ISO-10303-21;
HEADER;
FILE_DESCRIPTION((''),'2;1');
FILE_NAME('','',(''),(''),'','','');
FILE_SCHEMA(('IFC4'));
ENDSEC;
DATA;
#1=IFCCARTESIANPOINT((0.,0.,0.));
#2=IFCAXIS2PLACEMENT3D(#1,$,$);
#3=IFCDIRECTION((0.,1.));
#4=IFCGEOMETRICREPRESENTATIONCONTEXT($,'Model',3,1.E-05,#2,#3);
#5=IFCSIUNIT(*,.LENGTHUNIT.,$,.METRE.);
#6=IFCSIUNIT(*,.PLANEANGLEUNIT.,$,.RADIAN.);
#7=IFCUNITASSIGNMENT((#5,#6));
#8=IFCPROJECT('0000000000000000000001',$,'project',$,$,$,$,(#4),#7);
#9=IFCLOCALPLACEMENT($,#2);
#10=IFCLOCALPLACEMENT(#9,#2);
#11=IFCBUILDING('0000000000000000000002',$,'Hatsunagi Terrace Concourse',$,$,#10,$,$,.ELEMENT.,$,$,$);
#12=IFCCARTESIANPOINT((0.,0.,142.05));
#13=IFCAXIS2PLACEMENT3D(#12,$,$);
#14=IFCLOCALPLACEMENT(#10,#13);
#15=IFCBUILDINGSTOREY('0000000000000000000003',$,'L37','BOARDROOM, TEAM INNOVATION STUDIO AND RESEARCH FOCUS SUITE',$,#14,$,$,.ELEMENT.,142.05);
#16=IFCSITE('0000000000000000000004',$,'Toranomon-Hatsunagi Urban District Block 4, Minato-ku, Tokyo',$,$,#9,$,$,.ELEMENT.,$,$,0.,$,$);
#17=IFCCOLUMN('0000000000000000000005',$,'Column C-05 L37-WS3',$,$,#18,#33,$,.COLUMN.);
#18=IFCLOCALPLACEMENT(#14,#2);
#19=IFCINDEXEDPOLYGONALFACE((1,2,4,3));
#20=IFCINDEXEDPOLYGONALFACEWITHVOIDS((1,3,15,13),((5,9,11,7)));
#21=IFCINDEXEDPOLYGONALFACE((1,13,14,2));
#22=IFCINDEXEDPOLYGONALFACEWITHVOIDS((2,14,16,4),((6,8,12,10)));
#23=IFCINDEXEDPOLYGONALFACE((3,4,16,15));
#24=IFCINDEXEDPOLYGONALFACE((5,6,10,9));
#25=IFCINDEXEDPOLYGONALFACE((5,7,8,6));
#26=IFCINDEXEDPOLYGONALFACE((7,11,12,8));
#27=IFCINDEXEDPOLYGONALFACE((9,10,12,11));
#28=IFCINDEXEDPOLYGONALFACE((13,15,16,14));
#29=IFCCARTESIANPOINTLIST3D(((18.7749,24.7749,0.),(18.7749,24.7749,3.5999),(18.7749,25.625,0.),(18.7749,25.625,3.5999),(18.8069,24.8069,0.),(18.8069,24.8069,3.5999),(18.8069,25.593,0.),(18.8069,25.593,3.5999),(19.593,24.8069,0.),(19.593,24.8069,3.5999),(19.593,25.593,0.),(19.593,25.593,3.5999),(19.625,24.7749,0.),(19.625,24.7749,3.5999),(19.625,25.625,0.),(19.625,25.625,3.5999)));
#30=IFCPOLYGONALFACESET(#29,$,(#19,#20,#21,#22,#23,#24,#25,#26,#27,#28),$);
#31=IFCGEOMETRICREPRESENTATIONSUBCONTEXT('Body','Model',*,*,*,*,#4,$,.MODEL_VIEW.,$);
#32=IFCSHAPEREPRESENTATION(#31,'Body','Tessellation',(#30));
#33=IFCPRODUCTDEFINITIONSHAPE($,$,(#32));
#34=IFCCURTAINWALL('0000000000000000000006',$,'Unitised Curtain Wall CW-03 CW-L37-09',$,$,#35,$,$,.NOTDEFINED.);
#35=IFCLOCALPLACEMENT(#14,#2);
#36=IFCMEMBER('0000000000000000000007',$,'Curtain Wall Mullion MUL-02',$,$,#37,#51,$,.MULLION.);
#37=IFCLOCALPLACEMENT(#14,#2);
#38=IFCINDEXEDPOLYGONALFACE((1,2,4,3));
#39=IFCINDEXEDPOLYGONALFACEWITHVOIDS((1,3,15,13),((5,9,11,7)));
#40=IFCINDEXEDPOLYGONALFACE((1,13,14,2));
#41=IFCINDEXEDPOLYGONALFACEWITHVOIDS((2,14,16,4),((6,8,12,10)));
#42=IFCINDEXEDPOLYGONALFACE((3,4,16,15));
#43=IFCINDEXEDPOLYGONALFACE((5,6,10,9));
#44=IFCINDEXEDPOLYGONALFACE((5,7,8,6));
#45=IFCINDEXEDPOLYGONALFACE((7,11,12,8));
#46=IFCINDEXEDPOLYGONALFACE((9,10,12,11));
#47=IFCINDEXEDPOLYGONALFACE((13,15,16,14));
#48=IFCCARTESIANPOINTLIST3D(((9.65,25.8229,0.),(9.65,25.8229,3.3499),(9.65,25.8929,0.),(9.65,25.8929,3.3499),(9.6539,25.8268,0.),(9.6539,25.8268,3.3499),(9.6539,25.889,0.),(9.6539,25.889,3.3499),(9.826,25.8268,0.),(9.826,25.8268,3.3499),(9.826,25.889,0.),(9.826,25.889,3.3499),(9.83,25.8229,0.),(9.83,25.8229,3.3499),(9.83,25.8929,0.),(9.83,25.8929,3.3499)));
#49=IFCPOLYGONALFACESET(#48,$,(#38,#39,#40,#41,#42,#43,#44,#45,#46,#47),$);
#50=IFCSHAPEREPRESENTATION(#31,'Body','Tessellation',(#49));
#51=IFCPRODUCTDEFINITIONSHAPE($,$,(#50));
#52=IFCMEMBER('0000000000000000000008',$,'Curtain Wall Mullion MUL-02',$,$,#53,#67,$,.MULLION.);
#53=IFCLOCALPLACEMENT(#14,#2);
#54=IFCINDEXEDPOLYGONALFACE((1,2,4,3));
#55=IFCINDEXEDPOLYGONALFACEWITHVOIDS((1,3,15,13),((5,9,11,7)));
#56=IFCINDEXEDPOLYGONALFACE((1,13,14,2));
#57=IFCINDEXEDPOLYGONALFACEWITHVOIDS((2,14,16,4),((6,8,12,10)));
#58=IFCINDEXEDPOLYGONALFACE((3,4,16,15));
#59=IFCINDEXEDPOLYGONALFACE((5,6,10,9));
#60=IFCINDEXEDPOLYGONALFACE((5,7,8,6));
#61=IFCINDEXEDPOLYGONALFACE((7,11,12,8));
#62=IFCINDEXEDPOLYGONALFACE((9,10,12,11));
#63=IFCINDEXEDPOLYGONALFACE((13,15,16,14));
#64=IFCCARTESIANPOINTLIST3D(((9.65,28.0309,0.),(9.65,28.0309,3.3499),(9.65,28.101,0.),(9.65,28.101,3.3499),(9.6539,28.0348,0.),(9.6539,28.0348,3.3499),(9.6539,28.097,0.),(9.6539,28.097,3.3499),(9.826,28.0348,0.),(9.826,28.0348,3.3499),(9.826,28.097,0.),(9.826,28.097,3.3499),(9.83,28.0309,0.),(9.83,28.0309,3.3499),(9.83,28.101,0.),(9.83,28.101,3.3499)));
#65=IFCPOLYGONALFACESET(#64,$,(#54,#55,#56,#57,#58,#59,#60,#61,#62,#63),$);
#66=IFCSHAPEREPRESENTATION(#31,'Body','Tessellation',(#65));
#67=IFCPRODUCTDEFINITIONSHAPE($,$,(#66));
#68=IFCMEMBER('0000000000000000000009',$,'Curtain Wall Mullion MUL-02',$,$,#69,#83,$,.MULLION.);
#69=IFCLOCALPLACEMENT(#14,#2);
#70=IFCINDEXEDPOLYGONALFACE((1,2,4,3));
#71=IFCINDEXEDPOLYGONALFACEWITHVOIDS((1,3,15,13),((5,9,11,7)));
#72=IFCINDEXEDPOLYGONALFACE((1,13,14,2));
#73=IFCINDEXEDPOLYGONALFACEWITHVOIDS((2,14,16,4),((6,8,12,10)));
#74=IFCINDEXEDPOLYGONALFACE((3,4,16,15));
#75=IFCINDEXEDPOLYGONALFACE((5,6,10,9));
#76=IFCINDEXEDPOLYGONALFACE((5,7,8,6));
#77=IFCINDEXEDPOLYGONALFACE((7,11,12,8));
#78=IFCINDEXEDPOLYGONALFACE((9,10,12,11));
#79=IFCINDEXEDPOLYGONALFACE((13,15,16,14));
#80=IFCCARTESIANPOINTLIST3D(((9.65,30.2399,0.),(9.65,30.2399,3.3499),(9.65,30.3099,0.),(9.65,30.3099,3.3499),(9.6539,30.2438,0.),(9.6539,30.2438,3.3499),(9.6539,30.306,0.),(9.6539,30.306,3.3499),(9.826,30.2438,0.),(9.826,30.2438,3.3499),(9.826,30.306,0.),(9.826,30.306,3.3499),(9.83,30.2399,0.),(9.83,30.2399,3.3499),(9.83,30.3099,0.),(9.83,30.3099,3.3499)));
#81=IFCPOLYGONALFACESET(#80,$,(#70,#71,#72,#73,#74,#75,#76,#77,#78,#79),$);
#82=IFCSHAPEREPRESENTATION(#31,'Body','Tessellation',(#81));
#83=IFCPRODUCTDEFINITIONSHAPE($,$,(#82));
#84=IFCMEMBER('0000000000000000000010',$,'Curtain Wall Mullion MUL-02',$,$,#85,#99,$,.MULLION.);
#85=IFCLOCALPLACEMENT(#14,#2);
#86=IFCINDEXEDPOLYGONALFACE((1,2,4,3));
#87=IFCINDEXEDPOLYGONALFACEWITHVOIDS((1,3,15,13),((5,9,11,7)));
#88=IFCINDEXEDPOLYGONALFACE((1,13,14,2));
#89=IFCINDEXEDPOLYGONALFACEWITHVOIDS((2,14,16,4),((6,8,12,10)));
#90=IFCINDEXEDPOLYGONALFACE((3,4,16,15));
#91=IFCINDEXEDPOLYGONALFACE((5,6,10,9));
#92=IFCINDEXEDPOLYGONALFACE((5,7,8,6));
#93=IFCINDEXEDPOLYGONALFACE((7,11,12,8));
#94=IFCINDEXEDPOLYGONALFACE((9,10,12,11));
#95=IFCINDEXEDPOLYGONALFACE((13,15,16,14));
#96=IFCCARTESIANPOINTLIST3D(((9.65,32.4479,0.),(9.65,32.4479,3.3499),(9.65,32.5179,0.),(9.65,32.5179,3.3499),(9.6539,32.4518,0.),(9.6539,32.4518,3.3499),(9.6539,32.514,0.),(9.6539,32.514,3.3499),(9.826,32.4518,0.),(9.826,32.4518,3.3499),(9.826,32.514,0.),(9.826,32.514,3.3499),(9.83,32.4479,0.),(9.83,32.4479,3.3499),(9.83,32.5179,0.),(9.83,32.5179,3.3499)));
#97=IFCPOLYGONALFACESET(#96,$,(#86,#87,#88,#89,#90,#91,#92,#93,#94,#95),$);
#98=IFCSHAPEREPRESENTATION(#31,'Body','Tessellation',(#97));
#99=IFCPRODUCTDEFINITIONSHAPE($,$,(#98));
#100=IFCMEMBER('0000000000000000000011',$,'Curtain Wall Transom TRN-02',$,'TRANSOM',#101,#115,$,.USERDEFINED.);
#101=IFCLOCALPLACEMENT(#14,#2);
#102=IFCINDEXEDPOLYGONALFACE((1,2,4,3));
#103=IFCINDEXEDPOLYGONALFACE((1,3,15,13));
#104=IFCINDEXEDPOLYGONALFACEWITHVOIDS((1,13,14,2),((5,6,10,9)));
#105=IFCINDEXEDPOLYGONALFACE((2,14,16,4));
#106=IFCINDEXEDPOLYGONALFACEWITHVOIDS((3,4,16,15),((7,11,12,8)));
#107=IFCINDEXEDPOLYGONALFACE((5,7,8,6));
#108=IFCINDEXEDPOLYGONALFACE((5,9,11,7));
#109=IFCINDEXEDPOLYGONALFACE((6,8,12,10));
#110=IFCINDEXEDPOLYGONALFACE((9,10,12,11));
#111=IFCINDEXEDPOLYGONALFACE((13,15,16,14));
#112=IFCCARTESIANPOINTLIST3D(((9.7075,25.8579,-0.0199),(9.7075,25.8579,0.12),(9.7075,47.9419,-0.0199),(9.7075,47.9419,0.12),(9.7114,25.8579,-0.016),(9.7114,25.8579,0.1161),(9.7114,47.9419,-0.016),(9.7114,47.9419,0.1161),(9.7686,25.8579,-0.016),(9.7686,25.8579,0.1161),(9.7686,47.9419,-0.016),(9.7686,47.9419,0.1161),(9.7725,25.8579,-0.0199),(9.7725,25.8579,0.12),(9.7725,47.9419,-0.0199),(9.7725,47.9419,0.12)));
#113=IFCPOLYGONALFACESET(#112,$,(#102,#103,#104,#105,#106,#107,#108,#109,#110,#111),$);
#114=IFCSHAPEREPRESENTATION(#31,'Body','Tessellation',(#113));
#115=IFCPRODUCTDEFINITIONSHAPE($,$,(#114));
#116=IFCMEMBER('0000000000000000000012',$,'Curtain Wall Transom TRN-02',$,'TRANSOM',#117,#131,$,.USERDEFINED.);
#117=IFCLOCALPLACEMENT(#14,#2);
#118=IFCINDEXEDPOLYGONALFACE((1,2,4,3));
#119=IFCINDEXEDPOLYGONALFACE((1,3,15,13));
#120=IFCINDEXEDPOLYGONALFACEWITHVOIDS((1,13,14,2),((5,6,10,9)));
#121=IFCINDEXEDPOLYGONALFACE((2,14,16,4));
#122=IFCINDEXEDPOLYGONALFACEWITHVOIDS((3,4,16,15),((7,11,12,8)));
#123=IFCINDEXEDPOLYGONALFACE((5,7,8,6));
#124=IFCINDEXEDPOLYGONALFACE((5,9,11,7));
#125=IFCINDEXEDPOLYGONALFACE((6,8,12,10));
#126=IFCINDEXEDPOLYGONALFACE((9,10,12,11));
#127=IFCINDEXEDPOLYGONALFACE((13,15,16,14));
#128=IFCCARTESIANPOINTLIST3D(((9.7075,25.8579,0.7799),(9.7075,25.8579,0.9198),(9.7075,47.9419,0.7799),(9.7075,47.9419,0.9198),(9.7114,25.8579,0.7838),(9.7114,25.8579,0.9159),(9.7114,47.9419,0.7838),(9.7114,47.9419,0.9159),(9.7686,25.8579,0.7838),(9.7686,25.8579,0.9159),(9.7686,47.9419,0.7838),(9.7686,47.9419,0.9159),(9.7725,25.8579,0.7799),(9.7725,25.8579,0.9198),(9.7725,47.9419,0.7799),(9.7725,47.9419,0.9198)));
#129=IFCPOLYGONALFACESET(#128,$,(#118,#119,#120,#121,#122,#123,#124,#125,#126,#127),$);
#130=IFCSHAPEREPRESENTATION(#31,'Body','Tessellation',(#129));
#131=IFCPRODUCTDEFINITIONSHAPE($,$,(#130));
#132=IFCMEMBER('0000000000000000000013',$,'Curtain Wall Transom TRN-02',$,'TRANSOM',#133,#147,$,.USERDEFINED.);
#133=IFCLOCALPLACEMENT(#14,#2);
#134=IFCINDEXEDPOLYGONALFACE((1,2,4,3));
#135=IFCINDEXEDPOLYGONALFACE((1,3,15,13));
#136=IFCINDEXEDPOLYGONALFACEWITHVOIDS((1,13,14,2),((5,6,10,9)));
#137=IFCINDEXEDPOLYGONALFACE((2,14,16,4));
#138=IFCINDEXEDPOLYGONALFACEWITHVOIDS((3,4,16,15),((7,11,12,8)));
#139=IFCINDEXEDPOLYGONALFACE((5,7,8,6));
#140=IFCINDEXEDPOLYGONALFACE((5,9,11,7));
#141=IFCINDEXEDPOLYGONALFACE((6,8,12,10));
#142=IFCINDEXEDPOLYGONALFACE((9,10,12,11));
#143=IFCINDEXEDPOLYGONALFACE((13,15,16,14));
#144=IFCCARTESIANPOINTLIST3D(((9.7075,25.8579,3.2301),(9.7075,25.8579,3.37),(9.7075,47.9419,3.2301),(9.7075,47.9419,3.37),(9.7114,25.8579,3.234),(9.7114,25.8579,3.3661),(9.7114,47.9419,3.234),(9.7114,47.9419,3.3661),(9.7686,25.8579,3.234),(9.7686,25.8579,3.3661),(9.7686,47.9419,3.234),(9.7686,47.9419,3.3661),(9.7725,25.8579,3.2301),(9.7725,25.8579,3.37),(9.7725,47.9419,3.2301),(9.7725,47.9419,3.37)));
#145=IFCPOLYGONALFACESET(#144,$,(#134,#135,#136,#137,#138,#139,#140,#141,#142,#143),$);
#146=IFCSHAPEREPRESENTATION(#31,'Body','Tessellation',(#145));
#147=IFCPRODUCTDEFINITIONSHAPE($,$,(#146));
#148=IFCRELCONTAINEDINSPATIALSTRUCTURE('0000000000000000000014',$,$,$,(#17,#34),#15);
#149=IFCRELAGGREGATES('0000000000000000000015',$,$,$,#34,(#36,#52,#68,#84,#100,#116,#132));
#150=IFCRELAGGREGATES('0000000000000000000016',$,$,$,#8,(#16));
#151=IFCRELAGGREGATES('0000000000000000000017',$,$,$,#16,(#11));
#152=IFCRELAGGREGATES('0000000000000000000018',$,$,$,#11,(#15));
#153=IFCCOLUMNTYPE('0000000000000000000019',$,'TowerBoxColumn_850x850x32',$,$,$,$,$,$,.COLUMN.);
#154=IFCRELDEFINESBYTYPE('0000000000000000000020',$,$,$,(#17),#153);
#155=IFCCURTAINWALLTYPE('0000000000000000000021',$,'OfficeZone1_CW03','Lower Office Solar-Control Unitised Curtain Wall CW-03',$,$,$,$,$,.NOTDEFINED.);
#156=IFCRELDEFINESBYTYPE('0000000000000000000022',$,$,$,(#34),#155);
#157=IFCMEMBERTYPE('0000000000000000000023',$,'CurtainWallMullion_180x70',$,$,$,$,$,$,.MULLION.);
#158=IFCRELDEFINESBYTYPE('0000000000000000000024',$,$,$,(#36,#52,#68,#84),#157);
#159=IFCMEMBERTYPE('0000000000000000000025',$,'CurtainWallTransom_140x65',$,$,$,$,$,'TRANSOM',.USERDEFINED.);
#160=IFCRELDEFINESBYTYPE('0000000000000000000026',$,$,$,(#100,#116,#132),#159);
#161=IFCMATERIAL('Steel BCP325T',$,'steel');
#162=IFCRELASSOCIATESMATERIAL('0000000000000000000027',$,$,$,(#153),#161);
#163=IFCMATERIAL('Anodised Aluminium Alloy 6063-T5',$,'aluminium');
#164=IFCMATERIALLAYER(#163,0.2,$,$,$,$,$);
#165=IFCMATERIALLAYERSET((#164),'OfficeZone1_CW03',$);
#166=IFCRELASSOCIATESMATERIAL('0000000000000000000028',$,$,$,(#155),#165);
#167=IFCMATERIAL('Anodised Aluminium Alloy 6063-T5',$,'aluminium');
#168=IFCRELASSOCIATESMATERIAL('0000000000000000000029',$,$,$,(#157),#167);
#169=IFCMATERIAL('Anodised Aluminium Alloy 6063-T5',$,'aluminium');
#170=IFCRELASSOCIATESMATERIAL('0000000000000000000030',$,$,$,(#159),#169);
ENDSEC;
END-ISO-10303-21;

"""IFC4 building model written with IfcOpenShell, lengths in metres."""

from ifc_helpers import new_model, si_unit, direction, frame, origin, origin_2d, place, context, subcontext, project, spatial, hollow_rectangle, extrude, material, layer, layer_set, material_profile, profile_set, type_object, element, aggregate, save


model = new_model("IFC4")

# Units and contexts
model_context = context("Model", 3, precision=1e-05, world=origin(), true_north=direction((0.0, 1.0)))
body_context = subcontext(model_context, "Body", "Model", "MODEL_VIEW")
ifc_project = project(units=[si_unit("LENGTHUNIT", "METRE"), si_unit("PLANEANGLEUNIT", "RADIAN")], contexts=[model_context])

# Site, building, storey
site_placement = place(None, origin())
site = spatial("IfcSite", under=ifc_project, at=site_placement, Name="Toranomon-Hatsunagi Urban District Block 4, Minato-ku, Tokyo", CompositionType="ELEMENT", RefElevation=0.0)
building_placement = place(site_placement, origin())
building = spatial("IfcBuilding", under=site, at=building_placement, Name="Hatsunagi Terrace Concourse", CompositionType="ELEMENT")
storey_placement = place(building_placement, frame((0.0, 0.0, 142.05)))
storey = spatial("IfcBuildingStorey", under=building, at=storey_placement, Name="L37", Description="BOARDROOM, TEAM INNOVATION STUDIO AND RESEARCH FOCUS SUITE", CompositionType="ELEMENT", Elevation=142.05)

# Column
ifc_material_1 = material(Name="Steel BCP325T", Category="steel")
ifc_material_profile_1 = material_profile(ifc_material_1, hollow_rectangle(XDim=0.8501, YDim=0.8501, WallThickness=0.032, at=origin_2d()), Name="BCP-850x850x32")
ifc_profile_set_1 = profile_set([ifc_material_profile_1], Name="Steel BCP325T")
column_type = type_object("IfcColumnType", Name="TowerBoxColumn_850x850x32", PredefinedType="COLUMN", material=ifc_profile_set_1)
column_placement = place(storey_placement, frame((19.2, 25.2, 0.0), z_axis=(0.0, 0.0, 1.0), x_axis=(1.0, 0.0, 0.0)))
element("IfcColumn", 1, at=column_placement, inside=storey, type_object=column_type, Name="Column C-05 L37-WS3", PredefinedType="COLUMN", context=body_context, shape_type="SweptSolid", body=[
    extrude(hollow_rectangle(XDim=0.8501, YDim=0.8501, WallThickness=0.032, at=origin_2d()), origin(), (0.0, 0.0, 1.0), 3.5999),
])

# Curtain wall, members
ifc_material_2 = material(Name="Anodised Aluminium Alloy 6063-T5", Category="aluminium")
ifc_layer_1 = layer(ifc_material_2, 0.2)
ifc_layer_set_1 = layer_set([ifc_layer_1], Name="OfficeZone1_CW03")
curtain_wall_type = type_object("IfcCurtainWallType", Name="OfficeZone1_CW03", Description="Lower Office Solar-Control Unitised Curtain Wall CW-03", PredefinedType="NOTDEFINED", material=ifc_layer_set_1)
curtain_wall_placement = place(storey_placement, origin())
curtain_wall = element("IfcCurtainWall", 2, at=curtain_wall_placement, inside=storey, type_object=curtain_wall_type, Name="Unitised Curtain Wall CW-03 CW-L37-09", PredefinedType="NOTDEFINED")
ifc_material_3 = material(Name="Anodised Aluminium Alloy 6063-T5", Category="aluminium")
ifc_material_profile_2 = material_profile(ifc_material_3, hollow_rectangle(XDim=0.0701, YDim=0.1799, WallThickness=0.0039, at=origin_2d()), Name="ALU-MUL-180x70x4")
ifc_profile_set_2 = profile_set([ifc_material_profile_2], Name="Anodised Aluminium Alloy 6063-T5")
member_type_1 = type_object("IfcMemberType", Name="CurtainWallMullion_180x70", PredefinedType="MULLION", material=ifc_profile_set_2)
member_1_placement = place(storey_placement, frame((9.74, 25.8579, 0.0), z_axis=(0.0, 0.0, 1.0), x_axis=(0.0, 1.0, 0.0)))
member_1 = element("IfcMember", 3, at=member_1_placement, type_object=member_type_1, Name="Curtain Wall Mullion MUL-02", PredefinedType="MULLION", context=body_context, shape_type="SweptSolid", body=[
    extrude(hollow_rectangle(XDim=0.0701, YDim=0.1799, WallThickness=0.0039, at=origin_2d()), origin(), (0.0, 0.0, 1.0), 3.3499),
])
member_2_placement = place(storey_placement, frame((9.74, 28.0659, 0.0), z_axis=(0.0, 0.0, 1.0), x_axis=(0.0, 1.0, 0.0)))
member_2 = element("IfcMember", 4, at=member_2_placement, type_object=member_type_1, Name="Curtain Wall Mullion MUL-02", PredefinedType="MULLION", context=body_context, shape_type="SweptSolid", body=[
    extrude(hollow_rectangle(XDim=0.0701, YDim=0.1799, WallThickness=0.0039, at=origin_2d()), origin(), (0.0, 0.0, 1.0), 3.3499),
])
member_3_placement = place(storey_placement, frame((9.74, 30.2749, 0.0), z_axis=(0.0, 0.0, 1.0), x_axis=(0.0, 1.0, 0.0)))
member_3 = element("IfcMember", 5, at=member_3_placement, type_object=member_type_1, Name="Curtain Wall Mullion MUL-02", PredefinedType="MULLION", context=body_context, shape_type="SweptSolid", body=[
    extrude(hollow_rectangle(XDim=0.0701, YDim=0.1799, WallThickness=0.0039, at=origin_2d()), origin(), (0.0, 0.0, 1.0), 3.3499),
])
member_4_placement = place(storey_placement, frame((9.74, 32.4829, 0.0), z_axis=(0.0, 0.0, 1.0), x_axis=(0.0, 1.0, 0.0)))
member_4 = element("IfcMember", 6, at=member_4_placement, type_object=member_type_1, Name="Curtain Wall Mullion MUL-02", PredefinedType="MULLION", context=body_context, shape_type="SweptSolid", body=[
    extrude(hollow_rectangle(XDim=0.0701, YDim=0.1799, WallThickness=0.0039, at=origin_2d()), origin(), (0.0, 0.0, 1.0), 3.3499),
])
ifc_material_4 = material(Name="Anodised Aluminium Alloy 6063-T5", Category="aluminium")
ifc_material_profile_3 = material_profile(ifc_material_4, hollow_rectangle(XDim=0.0649, YDim=0.1399, WallThickness=0.0039, at=origin_2d()), Name="ALU-TRN-140x65x4")
ifc_profile_set_3 = profile_set([ifc_material_profile_3], Name="Anodised Aluminium Alloy 6063-T5")
member_type_2 = type_object("IfcMemberType", Name="CurtainWallTransom_140x65", ElementType="TRANSOM", PredefinedType="USERDEFINED", material=ifc_profile_set_3)
member_5_placement = place(storey_placement, frame((9.74, 25.8579, 0.05), z_axis=(0.0, 1.0, 0.0), x_axis=(-1.0, 0.0, 0.0)))
member_5 = element("IfcMember", 7, at=member_5_placement, type_object=member_type_2, Name="Curtain Wall Transom TRN-02", ObjectType="TRANSOM", PredefinedType="USERDEFINED", context=body_context, shape_type="SweptSolid", body=[
    extrude(hollow_rectangle(XDim=0.0649, YDim=0.1399, WallThickness=0.0039, at=origin_2d()), origin(), (0.0, 0.0, 1.0), 22.084),
])
member_6_placement = place(storey_placement, frame((9.74, 25.8579, 0.8499), z_axis=(0.0, 1.0, 0.0), x_axis=(-1.0, 0.0, 0.0)))
member_6 = element("IfcMember", 8, at=member_6_placement, type_object=member_type_2, Name="Curtain Wall Transom TRN-02", ObjectType="TRANSOM", PredefinedType="USERDEFINED", context=body_context, shape_type="SweptSolid", body=[
    extrude(hollow_rectangle(XDim=0.0649, YDim=0.1399, WallThickness=0.0039, at=origin_2d()), origin(), (0.0, 0.0, 1.0), 22.084),
])
member_7_placement = place(storey_placement, frame((9.74, 25.8579, 3.3), z_axis=(0.0, 1.0, 0.0), x_axis=(-1.0, 0.0, 0.0)))
member_7 = element("IfcMember", 9, at=member_7_placement, type_object=member_type_2, Name="Curtain Wall Transom TRN-02", ObjectType="TRANSOM", PredefinedType="USERDEFINED", context=body_context, shape_type="SweptSolid", body=[
    extrude(hollow_rectangle(XDim=0.0649, YDim=0.1399, WallThickness=0.0039, at=origin_2d()), origin(), (0.0, 0.0, 1.0), 22.084),
])

aggregate(curtain_wall, [member_1, member_2, member_3, member_4, member_5, member_6, member_7])

save(model, "model.ifc")
